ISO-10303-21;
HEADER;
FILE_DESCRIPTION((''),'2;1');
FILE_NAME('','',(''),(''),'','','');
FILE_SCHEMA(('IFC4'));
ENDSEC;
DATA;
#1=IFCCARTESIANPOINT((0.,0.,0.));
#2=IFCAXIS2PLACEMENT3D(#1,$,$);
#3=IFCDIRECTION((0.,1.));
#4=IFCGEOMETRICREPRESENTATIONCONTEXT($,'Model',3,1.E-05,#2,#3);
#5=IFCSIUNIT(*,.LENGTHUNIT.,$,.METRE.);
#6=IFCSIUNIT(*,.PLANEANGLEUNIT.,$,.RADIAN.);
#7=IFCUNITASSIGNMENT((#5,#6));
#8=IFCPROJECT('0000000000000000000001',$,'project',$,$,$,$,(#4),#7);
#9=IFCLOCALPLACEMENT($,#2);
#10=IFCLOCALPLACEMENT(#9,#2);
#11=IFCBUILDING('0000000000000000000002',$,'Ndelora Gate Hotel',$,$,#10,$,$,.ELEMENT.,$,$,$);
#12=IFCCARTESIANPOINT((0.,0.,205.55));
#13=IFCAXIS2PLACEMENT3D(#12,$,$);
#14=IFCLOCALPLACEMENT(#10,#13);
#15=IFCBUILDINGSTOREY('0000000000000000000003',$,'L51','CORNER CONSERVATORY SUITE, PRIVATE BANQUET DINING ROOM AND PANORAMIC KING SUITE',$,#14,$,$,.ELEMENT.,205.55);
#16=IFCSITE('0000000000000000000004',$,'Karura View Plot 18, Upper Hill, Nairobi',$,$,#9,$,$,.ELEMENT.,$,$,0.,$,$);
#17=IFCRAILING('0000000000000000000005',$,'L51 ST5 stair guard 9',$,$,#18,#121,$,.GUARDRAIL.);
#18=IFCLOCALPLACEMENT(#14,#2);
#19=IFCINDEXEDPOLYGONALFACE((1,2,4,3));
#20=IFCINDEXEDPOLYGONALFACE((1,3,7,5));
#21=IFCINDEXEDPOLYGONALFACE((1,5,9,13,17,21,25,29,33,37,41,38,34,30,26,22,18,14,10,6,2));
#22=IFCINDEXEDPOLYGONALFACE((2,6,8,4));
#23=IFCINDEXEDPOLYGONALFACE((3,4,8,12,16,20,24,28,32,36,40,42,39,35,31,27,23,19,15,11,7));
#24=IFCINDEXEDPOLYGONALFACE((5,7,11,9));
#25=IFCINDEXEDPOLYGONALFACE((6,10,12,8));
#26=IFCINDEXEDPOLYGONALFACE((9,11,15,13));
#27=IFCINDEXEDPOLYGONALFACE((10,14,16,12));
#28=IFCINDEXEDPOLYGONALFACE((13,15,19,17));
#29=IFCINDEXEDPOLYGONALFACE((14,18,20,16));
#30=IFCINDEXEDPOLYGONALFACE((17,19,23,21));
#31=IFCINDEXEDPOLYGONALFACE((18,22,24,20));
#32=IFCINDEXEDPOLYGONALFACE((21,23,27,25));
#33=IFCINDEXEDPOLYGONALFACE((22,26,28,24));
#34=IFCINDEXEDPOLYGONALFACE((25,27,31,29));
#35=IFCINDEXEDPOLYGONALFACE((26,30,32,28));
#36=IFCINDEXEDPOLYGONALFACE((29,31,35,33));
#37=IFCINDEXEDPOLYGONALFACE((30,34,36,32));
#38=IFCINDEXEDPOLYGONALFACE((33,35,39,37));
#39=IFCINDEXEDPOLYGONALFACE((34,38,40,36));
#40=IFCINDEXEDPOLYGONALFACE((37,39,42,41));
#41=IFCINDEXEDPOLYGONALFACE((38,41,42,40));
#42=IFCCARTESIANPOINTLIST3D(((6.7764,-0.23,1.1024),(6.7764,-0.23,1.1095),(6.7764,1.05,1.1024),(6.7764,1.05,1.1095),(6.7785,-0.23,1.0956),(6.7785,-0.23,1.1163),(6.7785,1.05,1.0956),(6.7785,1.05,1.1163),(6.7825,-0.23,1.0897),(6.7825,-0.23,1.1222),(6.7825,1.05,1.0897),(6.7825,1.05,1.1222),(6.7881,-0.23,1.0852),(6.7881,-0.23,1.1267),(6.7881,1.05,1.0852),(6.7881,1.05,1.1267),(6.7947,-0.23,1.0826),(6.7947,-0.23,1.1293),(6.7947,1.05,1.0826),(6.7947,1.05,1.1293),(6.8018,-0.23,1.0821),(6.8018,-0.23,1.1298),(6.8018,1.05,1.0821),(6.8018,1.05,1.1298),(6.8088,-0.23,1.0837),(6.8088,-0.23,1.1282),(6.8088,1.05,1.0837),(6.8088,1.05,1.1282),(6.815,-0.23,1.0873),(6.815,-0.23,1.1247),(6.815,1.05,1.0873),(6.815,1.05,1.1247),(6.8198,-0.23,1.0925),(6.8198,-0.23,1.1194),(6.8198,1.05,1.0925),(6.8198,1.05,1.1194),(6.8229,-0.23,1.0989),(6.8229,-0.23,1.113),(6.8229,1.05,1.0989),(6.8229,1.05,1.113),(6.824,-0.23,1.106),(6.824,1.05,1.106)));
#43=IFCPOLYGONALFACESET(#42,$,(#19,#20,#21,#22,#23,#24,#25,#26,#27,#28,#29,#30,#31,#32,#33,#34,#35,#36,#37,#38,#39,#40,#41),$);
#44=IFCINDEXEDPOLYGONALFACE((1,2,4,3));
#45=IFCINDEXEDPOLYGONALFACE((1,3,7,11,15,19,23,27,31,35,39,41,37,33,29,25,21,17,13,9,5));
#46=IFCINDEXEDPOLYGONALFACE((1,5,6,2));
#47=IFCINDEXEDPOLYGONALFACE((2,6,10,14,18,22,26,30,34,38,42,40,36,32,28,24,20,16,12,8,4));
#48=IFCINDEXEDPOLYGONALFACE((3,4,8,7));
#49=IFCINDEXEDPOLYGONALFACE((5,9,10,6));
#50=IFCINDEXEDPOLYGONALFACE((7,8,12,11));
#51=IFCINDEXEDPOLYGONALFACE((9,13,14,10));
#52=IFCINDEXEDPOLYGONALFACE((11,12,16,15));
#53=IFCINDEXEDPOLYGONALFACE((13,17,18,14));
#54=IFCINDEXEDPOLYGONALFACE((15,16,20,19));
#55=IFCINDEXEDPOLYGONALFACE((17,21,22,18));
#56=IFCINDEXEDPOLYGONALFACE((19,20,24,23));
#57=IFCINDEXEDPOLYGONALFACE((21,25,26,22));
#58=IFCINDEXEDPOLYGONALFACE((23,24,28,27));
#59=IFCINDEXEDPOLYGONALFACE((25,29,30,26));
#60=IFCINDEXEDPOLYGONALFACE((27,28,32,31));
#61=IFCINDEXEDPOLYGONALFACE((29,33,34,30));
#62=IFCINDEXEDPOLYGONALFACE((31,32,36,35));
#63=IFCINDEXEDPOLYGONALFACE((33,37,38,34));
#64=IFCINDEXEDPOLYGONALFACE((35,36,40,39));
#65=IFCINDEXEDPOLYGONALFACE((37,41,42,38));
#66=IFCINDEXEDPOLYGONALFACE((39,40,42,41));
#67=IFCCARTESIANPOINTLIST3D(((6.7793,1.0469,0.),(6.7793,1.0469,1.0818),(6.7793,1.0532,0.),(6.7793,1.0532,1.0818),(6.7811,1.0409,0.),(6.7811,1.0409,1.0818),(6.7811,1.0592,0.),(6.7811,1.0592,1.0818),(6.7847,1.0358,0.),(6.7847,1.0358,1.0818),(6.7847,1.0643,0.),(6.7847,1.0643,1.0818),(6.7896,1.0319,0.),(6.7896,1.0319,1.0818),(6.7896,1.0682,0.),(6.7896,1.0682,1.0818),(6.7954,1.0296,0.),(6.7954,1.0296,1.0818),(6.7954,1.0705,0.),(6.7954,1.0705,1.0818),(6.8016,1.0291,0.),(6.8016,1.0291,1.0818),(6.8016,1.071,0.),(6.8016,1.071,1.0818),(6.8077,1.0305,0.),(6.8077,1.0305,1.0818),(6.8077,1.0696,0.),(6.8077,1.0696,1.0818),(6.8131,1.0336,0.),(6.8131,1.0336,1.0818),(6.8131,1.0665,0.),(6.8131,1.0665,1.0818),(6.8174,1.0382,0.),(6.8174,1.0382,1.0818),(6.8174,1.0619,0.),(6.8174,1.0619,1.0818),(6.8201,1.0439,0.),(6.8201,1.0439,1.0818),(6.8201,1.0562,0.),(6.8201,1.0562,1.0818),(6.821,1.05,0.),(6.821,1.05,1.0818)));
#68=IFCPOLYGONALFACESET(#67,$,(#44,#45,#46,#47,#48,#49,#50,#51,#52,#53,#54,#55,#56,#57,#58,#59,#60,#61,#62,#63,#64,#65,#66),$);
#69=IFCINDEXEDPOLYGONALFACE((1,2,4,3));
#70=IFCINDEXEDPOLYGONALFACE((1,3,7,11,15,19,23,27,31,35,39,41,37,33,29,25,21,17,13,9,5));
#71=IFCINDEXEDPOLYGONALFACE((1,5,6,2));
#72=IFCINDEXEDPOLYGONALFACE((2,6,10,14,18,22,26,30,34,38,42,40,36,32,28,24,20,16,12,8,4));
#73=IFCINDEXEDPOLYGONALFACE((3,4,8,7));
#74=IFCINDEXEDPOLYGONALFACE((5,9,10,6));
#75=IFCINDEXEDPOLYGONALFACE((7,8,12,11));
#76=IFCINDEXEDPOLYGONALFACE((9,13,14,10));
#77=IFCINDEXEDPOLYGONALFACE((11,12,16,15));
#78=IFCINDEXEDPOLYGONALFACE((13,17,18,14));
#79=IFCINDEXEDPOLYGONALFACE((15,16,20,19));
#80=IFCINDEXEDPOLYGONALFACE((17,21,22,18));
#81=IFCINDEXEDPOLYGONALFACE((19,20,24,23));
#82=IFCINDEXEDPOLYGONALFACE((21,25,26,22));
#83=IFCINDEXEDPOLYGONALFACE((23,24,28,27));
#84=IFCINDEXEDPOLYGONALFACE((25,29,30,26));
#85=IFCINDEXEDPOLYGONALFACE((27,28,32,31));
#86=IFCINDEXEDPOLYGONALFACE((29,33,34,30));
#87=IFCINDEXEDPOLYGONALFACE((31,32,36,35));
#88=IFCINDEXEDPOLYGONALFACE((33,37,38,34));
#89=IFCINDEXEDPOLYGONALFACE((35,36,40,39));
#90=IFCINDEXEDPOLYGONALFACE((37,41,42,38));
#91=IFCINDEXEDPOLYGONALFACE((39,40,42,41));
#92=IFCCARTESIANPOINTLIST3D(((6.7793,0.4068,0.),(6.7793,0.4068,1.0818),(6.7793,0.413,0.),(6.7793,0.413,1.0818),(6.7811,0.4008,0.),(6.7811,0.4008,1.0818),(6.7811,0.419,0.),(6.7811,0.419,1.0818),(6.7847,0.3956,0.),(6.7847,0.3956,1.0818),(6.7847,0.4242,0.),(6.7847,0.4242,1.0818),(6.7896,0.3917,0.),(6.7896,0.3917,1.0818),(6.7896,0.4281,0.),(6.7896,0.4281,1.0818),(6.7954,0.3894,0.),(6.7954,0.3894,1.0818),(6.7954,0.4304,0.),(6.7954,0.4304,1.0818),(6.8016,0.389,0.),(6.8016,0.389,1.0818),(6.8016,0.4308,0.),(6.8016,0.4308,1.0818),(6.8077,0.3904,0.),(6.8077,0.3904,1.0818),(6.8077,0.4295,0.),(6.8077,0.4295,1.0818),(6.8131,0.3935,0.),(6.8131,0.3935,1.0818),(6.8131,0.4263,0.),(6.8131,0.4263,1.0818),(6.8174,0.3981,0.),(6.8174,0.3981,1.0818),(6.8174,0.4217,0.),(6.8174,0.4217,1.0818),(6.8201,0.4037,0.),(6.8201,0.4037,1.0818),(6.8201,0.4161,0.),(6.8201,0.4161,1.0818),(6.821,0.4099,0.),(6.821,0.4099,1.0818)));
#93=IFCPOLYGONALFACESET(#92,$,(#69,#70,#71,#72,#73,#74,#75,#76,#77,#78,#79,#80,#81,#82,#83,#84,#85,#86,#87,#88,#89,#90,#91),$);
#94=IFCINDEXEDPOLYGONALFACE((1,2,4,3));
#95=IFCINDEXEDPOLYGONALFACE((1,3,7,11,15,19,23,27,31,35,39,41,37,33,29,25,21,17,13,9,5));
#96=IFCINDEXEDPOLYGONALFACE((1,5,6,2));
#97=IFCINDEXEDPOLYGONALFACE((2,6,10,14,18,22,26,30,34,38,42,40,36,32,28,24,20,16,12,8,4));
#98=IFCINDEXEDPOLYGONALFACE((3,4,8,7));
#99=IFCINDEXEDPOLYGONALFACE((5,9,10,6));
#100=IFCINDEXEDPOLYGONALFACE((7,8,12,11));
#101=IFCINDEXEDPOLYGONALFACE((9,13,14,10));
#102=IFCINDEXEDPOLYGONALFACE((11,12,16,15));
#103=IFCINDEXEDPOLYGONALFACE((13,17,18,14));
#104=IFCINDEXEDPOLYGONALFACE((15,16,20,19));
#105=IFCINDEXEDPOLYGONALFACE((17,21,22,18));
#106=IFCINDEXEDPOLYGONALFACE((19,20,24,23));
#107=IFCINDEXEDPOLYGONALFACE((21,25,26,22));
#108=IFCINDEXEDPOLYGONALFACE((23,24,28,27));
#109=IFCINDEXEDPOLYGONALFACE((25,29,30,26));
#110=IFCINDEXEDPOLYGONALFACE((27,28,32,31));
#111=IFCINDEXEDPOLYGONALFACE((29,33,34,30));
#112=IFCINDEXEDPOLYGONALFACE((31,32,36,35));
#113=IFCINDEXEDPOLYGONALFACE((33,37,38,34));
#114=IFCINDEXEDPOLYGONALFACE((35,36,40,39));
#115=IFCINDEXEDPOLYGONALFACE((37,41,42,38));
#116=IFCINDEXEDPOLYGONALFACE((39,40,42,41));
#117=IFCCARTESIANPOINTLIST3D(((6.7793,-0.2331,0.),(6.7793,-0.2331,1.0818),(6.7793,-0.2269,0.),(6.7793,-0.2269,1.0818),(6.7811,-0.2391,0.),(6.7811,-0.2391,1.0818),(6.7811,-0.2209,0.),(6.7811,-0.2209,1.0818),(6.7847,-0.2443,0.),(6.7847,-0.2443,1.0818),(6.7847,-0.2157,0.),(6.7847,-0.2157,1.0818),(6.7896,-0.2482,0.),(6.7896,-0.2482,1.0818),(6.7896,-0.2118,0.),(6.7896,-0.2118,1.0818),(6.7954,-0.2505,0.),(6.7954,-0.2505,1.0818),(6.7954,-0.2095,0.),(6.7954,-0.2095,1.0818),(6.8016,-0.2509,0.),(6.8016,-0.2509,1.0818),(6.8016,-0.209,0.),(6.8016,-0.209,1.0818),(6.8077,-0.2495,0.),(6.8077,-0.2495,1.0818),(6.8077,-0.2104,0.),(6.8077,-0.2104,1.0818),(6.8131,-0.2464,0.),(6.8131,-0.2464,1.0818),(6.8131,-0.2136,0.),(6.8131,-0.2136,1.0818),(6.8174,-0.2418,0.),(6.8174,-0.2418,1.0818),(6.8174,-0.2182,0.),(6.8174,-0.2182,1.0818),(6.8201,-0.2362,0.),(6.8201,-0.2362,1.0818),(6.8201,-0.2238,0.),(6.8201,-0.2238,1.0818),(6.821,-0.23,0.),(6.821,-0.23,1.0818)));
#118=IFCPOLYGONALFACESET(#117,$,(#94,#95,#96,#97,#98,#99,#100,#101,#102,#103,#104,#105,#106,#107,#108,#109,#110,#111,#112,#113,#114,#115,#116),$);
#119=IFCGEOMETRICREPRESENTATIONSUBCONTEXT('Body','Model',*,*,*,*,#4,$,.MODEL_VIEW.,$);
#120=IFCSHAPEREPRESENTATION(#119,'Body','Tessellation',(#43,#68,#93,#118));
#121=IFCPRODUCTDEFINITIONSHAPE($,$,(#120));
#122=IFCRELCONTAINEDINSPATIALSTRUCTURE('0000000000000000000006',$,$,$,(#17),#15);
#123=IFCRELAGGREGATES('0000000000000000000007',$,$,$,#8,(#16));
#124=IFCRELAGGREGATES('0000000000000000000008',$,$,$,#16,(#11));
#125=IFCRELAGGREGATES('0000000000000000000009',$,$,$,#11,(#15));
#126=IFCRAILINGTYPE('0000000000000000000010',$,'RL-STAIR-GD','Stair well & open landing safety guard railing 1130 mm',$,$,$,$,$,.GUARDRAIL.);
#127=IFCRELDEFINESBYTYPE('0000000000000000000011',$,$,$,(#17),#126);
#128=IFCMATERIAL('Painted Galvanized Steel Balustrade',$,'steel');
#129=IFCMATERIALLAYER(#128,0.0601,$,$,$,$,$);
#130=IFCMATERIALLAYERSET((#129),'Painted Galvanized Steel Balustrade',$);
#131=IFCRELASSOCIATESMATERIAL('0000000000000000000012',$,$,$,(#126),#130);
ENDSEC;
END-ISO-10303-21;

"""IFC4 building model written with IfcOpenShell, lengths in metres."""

from ifc_helpers import new_model, si_unit, direction, frame, origin, origin_2d, place, context, subcontext, project, spatial, circle, extrude, material, layer, layer_set, type_object, element, save


model = new_model("IFC4")

# Units and contexts
model_context = context("Model", 3, precision=1e-05, world=origin(), true_north=direction((0.0, 1.0)))
body_context = subcontext(model_context, "Body", "Model", "MODEL_VIEW")
ifc_project = project(units=[si_unit("LENGTHUNIT", "METRE"), si_unit("PLANEANGLEUNIT", "RADIAN")], contexts=[model_context])

# Site, building, storey
site_placement = place(None, origin())
site = spatial("IfcSite", under=ifc_project, at=site_placement, Name="Karura View Plot 18, Upper Hill, Nairobi", CompositionType="ELEMENT", RefElevation=0.0)
building_placement = place(site_placement, origin())
building = spatial("IfcBuilding", under=site, at=building_placement, Name="Ndelora Gate Hotel", CompositionType="ELEMENT")
storey_placement = place(building_placement, frame((0.0, 0.0, 205.55)))
storey = spatial("IfcBuildingStorey", under=building, at=storey_placement, Name="L51", Description="CORNER CONSERVATORY SUITE, PRIVATE BANQUET DINING ROOM AND PANORAMIC KING SUITE", CompositionType="ELEMENT", Elevation=205.55)

# Railing
ifc_material_1 = material(Name="Painted Galvanized Steel Balustrade", Category="steel")
ifc_layer_1 = layer(ifc_material_1, 0.0601)
ifc_layer_set_1 = layer_set([ifc_layer_1], Name="Painted Galvanized Steel Balustrade")
railing_type_1 = type_object("IfcRailingType", Name="RL-STAIR-GD", Description="Stair well & open landing safety guard railing 1130 mm", PredefinedType="GUARDRAIL", material=ifc_layer_set_1)
for number, where, name in (
    (1, (6.8, 1.05, 0.0), "L51 ST5 stair guard 9"),
):
    element("IfcRailing", number, at=place(storey_placement, frame(where)), inside=storey, type_object=railing_type_1, Name=name, PredefinedType="GUARDRAIL", context=body_context, shape_type="SweptSolid", body=[
        extrude(circle(Radius=0.0239, at=origin_2d()), frame((0.0, 0.0, 1.106), z_axis=(0.0, -1.0, 0.0), x_axis=(1.0, 0.0, 0.0)), (0.0, 0.0, 1.0), 1.28),
        extrude(circle(Radius=0.021, at=origin_2d()), origin(), (0.0, 0.0, 1.0), 1.0818),
        extrude(circle(Radius=0.021, at=origin_2d()), frame((0.0, -0.6401, 0.0)), (0.0, 0.0, 1.0), 1.0818),
        extrude(circle(Radius=0.021, at=origin_2d()), frame((0.0, -1.28, 0.0)), (0.0, 0.0, 1.0), 1.0818),
    ])

save(model, "model.ifc")
